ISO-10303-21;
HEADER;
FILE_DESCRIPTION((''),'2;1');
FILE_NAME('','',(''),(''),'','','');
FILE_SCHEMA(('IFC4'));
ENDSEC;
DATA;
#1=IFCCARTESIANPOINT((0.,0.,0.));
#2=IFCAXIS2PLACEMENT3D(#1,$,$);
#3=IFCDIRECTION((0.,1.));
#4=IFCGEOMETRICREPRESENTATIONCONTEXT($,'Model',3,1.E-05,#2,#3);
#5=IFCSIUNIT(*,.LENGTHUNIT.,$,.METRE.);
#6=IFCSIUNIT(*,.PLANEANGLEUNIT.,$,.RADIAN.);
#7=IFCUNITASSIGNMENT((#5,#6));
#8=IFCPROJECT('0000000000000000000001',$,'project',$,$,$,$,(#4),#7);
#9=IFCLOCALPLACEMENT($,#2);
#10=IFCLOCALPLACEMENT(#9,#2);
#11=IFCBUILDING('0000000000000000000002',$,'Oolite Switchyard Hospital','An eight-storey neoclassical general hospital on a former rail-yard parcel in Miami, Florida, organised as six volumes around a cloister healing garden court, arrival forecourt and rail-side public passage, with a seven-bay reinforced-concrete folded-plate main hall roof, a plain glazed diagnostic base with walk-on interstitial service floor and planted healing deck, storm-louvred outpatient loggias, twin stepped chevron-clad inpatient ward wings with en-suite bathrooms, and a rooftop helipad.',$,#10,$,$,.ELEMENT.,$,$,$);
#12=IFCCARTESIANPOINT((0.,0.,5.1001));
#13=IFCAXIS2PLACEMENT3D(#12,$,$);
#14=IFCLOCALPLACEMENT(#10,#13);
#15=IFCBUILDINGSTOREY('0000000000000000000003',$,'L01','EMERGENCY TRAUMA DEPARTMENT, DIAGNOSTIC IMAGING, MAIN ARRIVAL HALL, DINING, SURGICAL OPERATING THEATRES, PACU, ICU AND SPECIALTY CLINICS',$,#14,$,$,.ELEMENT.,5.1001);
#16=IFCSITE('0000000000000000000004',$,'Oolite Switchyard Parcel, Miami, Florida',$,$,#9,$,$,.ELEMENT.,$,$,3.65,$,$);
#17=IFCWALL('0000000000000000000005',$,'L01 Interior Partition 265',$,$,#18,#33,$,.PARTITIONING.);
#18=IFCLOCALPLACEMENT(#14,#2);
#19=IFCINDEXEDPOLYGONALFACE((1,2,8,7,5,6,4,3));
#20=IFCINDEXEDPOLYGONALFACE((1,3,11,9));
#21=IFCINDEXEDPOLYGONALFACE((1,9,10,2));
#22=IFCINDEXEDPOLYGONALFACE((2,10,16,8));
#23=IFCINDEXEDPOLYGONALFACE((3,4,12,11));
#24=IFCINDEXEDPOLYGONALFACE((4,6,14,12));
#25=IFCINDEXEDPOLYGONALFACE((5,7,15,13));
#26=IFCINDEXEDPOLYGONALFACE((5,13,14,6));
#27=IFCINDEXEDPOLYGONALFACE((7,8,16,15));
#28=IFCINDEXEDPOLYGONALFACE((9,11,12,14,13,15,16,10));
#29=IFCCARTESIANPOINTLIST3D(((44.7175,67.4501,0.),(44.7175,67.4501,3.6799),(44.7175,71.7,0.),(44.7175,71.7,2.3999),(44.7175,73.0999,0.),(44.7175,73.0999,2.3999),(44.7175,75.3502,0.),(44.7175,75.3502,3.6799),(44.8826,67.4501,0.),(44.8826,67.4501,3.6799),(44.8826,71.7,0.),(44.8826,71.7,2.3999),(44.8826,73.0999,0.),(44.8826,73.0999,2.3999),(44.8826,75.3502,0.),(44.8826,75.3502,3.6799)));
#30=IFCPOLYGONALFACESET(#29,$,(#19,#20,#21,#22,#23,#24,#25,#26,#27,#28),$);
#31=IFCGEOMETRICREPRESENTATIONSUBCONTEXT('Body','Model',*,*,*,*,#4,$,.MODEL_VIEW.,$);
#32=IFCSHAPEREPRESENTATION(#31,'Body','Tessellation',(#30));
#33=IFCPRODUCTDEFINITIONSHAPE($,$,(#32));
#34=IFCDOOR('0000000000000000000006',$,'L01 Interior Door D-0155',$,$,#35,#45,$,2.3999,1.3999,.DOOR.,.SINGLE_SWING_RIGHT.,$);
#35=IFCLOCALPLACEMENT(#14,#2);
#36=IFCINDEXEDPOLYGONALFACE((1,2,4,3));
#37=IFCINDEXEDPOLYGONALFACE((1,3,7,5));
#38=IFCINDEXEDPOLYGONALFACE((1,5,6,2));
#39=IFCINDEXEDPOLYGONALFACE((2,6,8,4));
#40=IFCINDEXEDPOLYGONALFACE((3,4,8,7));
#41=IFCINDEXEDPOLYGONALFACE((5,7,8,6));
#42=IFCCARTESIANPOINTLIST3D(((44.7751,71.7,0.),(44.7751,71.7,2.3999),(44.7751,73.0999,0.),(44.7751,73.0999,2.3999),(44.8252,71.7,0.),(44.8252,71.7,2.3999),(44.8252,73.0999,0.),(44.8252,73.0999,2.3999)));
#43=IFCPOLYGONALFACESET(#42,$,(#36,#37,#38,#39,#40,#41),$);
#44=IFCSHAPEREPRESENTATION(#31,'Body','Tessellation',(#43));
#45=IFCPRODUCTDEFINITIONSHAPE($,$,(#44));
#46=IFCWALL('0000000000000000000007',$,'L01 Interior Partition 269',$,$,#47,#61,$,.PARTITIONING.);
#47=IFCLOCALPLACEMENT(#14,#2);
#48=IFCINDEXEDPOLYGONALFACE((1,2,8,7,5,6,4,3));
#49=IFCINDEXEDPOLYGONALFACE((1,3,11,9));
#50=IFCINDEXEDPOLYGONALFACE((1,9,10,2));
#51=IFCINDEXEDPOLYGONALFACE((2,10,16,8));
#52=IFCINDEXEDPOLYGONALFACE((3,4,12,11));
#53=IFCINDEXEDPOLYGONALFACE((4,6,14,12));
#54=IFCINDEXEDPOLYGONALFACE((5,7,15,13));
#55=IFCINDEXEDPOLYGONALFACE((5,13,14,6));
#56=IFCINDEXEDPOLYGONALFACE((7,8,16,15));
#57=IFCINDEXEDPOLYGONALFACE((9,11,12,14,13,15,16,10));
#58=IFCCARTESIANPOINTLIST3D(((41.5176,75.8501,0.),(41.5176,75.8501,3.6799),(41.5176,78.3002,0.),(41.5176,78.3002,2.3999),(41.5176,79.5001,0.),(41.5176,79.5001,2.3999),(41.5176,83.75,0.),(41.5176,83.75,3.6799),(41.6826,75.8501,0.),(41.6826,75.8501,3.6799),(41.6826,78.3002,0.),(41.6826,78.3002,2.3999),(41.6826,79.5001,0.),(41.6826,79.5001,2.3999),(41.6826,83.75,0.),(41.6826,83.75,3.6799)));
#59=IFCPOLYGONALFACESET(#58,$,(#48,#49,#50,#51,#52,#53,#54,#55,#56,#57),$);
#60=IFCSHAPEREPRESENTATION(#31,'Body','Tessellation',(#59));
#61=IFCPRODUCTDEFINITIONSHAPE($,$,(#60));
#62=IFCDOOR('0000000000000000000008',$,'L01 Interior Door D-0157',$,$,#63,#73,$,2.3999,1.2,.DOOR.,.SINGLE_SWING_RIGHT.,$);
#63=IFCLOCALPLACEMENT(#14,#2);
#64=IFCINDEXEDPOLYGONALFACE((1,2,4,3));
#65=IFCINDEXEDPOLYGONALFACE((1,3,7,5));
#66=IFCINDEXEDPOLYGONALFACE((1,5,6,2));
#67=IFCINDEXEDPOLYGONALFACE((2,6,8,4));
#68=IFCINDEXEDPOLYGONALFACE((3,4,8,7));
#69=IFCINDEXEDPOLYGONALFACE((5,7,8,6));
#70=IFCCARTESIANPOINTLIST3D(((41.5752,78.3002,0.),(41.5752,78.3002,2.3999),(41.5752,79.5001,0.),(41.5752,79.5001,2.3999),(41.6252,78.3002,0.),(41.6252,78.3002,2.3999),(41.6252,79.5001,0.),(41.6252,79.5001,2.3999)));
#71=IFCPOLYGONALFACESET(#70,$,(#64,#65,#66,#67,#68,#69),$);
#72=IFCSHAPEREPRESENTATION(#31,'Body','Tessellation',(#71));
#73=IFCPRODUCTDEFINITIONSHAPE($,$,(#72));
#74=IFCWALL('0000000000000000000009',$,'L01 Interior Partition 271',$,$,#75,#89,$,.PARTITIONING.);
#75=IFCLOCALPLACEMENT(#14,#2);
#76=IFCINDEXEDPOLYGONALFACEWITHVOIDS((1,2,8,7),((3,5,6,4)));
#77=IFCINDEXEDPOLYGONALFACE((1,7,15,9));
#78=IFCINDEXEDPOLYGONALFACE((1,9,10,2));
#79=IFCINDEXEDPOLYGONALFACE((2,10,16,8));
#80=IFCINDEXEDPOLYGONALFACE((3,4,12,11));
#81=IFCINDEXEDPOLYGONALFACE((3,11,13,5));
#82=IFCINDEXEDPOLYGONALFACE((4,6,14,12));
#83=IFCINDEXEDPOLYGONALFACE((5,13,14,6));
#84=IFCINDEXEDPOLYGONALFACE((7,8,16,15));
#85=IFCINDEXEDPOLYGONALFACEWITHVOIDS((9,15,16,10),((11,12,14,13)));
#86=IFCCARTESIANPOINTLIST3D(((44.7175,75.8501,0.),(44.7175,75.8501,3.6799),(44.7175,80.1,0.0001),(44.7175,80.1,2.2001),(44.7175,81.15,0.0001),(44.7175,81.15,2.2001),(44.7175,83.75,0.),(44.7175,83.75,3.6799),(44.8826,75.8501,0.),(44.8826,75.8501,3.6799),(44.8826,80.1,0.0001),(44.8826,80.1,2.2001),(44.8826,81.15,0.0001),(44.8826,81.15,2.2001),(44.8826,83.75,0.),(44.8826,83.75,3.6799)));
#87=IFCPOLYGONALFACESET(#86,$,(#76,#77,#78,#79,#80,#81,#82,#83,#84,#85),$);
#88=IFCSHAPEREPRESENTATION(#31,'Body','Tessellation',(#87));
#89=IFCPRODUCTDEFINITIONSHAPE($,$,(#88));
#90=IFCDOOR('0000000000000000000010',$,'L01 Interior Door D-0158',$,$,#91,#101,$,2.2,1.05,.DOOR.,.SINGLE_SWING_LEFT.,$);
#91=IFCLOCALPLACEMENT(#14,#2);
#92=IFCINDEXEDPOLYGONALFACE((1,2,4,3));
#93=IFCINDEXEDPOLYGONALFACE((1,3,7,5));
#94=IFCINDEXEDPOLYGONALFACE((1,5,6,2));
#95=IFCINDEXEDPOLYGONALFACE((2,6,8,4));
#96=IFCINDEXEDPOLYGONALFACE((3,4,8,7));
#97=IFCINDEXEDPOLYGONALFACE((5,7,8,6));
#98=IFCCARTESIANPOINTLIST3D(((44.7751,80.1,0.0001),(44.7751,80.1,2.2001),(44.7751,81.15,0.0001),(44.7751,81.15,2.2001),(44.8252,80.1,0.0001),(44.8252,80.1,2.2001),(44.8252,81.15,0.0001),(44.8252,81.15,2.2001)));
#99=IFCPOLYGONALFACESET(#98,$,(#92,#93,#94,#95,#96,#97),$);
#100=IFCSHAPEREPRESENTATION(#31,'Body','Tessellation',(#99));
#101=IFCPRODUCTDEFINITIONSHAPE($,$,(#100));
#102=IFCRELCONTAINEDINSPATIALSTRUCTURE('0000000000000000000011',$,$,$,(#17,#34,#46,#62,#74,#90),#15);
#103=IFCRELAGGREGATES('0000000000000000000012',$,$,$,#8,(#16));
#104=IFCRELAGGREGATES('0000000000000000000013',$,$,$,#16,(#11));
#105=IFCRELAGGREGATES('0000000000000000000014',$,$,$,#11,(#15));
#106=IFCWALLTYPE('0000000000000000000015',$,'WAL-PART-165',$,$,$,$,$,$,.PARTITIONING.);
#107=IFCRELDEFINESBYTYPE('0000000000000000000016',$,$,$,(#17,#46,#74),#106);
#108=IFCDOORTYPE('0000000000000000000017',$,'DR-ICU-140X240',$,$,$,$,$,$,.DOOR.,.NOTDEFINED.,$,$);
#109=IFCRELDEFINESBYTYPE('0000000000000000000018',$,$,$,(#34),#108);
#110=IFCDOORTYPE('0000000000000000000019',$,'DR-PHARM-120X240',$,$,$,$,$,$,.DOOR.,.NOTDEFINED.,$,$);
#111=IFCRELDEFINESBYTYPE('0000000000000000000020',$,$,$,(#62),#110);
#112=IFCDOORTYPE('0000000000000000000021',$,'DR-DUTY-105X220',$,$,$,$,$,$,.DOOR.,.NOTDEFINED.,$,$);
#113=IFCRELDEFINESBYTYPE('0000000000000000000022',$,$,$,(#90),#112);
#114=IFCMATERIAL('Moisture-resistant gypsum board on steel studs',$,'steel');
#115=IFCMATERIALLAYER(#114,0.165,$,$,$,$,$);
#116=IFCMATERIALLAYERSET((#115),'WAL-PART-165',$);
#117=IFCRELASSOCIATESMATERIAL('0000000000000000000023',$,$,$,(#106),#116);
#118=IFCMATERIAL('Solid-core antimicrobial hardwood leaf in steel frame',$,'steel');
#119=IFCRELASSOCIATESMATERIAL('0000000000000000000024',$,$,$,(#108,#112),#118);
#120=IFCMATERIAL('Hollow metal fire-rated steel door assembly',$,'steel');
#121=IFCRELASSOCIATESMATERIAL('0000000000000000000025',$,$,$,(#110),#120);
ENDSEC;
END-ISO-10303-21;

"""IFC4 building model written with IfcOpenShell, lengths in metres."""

from ifc_helpers import new_model, si_unit, direction, frame, frame_2d, origin, place, context, subcontext, project, spatial, rectangle, extrude, material, layer, layer_set, type_object, element, fill, save


model = new_model("IFC4")

# Units and contexts
model_context = context("Model", 3, precision=1e-05, world=origin(), true_north=direction((0.0, 1.0)))
body_context = subcontext(model_context, "Body", "Model", "MODEL_VIEW")
ifc_project = project(units=[si_unit("LENGTHUNIT", "METRE"), si_unit("PLANEANGLEUNIT", "RADIAN")], contexts=[model_context])

# Site, building, storey
site_placement = place(None, origin())
site = spatial("IfcSite", under=ifc_project, at=site_placement, Name="Oolite Switchyard Parcel, Miami, Florida", CompositionType="ELEMENT", RefElevation=3.65)
building_placement = place(site_placement, origin())
building = spatial("IfcBuilding", under=site, at=building_placement, Name="Oolite Switchyard Hospital", Description="An eight-storey neoclassical general hospital on a former rail-yard parcel in Miami, Florida, organised as six volumes around a cloister healing garden court, arrival forecourt and rail-side public passage, with a seven-bay reinforced-concrete folded-plate main hall roof, a plain glazed diagnostic base with walk-on interstitial service floor and planted healing deck, storm-louvred outpatient loggias, twin stepped chevron-clad inpatient ward wings with en-suite bathrooms, and a rooftop helipad.", CompositionType="ELEMENT")
storey_placement = place(building_placement, frame((0.0, 0.0, 5.1001)))
storey = spatial("IfcBuildingStorey", under=building, at=storey_placement, Name="L01", Description="EMERGENCY TRAUMA DEPARTMENT, DIAGNOSTIC IMAGING, MAIN ARRIVAL HALL, DINING, SURGICAL OPERATING THEATRES, PACU, ICU AND SPECIALTY CLINICS", CompositionType="ELEMENT", Elevation=5.1001)

# Shared definitions
ifc_material_1 = material(Name="Moisture-resistant gypsum board on steel studs", Category="steel")

# Shared definitions
ifc_material_2 = material(Name="Solid-core antimicrobial hardwood leaf in steel frame", Category="steel")

# Walls, openings, doors
ifc_layer_1 = layer(ifc_material_1, 0.165)
ifc_layer_set_1 = layer_set([ifc_layer_1], Name="WAL-PART-165")
wall_type_1 = type_object("IfcWallType", Name="WAL-PART-165", PredefinedType="PARTITIONING", material=ifc_layer_set_1)
wall_1_placement = place(storey_placement, frame((44.8, 67.45, 0.0), z_axis=(0.0, 0.0, 1.0), x_axis=(0.0, 1.0, 0.0)))
wall_1 = element("IfcWall", 1, at=wall_1_placement, inside=storey, type_object=wall_type_1, Name="L01 Interior Partition 265", PredefinedType="PARTITIONING", context=body_context, shape_type="SweptSolid", body=[
    extrude(rectangle(XDim=7.9001, YDim=0.165, at=frame_2d((3.9502, 0.0))), origin(), (0.0, 0.0, 1.0), 3.6799),
])
opening_1_placement = place(wall_1_placement, frame((4.25, 0.0, 0.0)))
opening_1 = element("IfcOpeningElement", 2, at=opening_1_placement, cuts=wall_1, PredefinedType="OPENING", context=body_context, shape_type="SweptSolid", body=[
    extrude(rectangle(XDim=1.3999, YDim=2.3999, at=frame_2d((0.7, 1.2))), frame((0.0, 0.0925, 0.0), z_axis=(0.0, -1.0, 0.0), x_axis=(1.0, 0.0, 0.0)), (0.0, 0.0, 1.0), 0.1851),
])
door_type_1 = type_object("IfcDoorType", Name="DR-ICU-140X240", OperationType="NOTDEFINED", PredefinedType="DOOR", material=ifc_material_2)
door_1_placement = place(opening_1_placement, origin())
door_1 = element("IfcDoor", 3, at=door_1_placement, inside=storey, type_object=door_type_1, Name="L01 Interior Door D-0155", OperationType="SINGLE_SWING_RIGHT", OverallHeight=2.3999, OverallWidth=1.3999, PredefinedType="DOOR", context=body_context, shape_type="SweptSolid", body=[
    extrude(rectangle(XDim=1.3999, YDim=2.3999, at=frame_2d((0.7, 1.2))), frame((0.0, 0.0249, 0.0), z_axis=(0.0, -1.0, 0.0), x_axis=(1.0, 0.0, 0.0)), (0.0, 0.0, 1.0), 0.05),
])
fill(opening_1, door_1)
wall_2_placement = place(storey_placement, frame((41.6001, 75.8501, 0.0), z_axis=(0.0, 0.0, 1.0), x_axis=(0.0, 1.0, 0.0)))
wall_2 = element("IfcWall", 4, at=wall_2_placement, inside=storey, type_object=wall_type_1, Name="L01 Interior Partition 269", PredefinedType="PARTITIONING", context=body_context, shape_type="SweptSolid", body=[
    extrude(rectangle(XDim=7.8999, YDim=0.165, at=frame_2d((3.95, 0.0))), origin(), (0.0, 0.0, 1.0), 3.6799),
])
opening_2_placement = place(wall_2_placement, frame((2.45, 0.0, 0.0)))
opening_2 = element("IfcOpeningElement", 5, at=opening_2_placement, cuts=wall_2, PredefinedType="OPENING", context=body_context, shape_type="SweptSolid", body=[
    extrude(rectangle(XDim=1.2, YDim=2.3999, at=frame_2d((0.6001, 1.2))), frame((0.0, 0.0925, 0.0), z_axis=(0.0, -1.0, 0.0), x_axis=(1.0, 0.0, 0.0)), (0.0, 0.0, 1.0), 0.1851),
])
ifc_material_3 = material(Name="Hollow metal fire-rated steel door assembly", Category="steel")
door_type_2 = type_object("IfcDoorType", Name="DR-PHARM-120X240", OperationType="NOTDEFINED", PredefinedType="DOOR", material=ifc_material_3)
door_2_placement = place(opening_2_placement, origin())
door_2 = element("IfcDoor", 6, at=door_2_placement, inside=storey, type_object=door_type_2, Name="L01 Interior Door D-0157", OperationType="SINGLE_SWING_RIGHT", OverallHeight=2.3999, OverallWidth=1.2, PredefinedType="DOOR", context=body_context, shape_type="SweptSolid", body=[
    extrude(rectangle(XDim=1.2, YDim=2.3999, at=frame_2d((0.6001, 1.2))), frame((0.0, 0.0249, 0.0), z_axis=(0.0, -1.0, 0.0), x_axis=(1.0, 0.0, 0.0)), (0.0, 0.0, 1.0), 0.05),
])
fill(opening_2, door_2)
wall_3_placement = place(storey_placement, frame((44.8, 75.8501, 0.0), z_axis=(0.0, 0.0, 1.0), x_axis=(0.0, 1.0, 0.0)))
wall_3 = element("IfcWall", 7, at=wall_3_placement, inside=storey, type_object=wall_type_1, Name="L01 Interior Partition 271", PredefinedType="PARTITIONING", context=body_context, shape_type="SweptSolid", body=[
    extrude(rectangle(XDim=7.8999, YDim=0.165, at=frame_2d((3.95, 0.0))), origin(), (0.0, 0.0, 1.0), 3.6799),
])
opening_3_placement = place(wall_3_placement, frame((4.25, 0.0, 0.0)))
opening_3 = element("IfcOpeningElement", 8, at=opening_3_placement, cuts=wall_3, PredefinedType="OPENING", context=body_context, shape_type="SweptSolid", body=[
    extrude(rectangle(XDim=1.05, YDim=2.2, at=frame_2d((0.5249, 1.1001))), frame((0.0, 0.0925, 0.0), z_axis=(0.0, -1.0, 0.0), x_axis=(1.0, 0.0, 0.0)), (0.0, 0.0, 1.0), 0.1851),
])
door_type_3 = type_object("IfcDoorType", Name="DR-DUTY-105X220", OperationType="NOTDEFINED", PredefinedType="DOOR", material=ifc_material_2)
door_3_placement = place(opening_3_placement, origin())
door_3 = element("IfcDoor", 9, at=door_3_placement, inside=storey, type_object=door_type_3, Name="L01 Interior Door D-0158", OperationType="SINGLE_SWING_LEFT", OverallHeight=2.2, OverallWidth=1.05, PredefinedType="DOOR", context=body_context, shape_type="SweptSolid", body=[
    extrude(rectangle(XDim=1.05, YDim=2.2, at=frame_2d((0.5249, 1.1001))), frame((0.0, 0.0249, 0.0), z_axis=(0.0, -1.0, 0.0), x_axis=(1.0, 0.0, 0.0)), (0.0, 0.0, 1.0), 0.05),
])
fill(opening_3, door_3)

save(model, "model.ifc")
